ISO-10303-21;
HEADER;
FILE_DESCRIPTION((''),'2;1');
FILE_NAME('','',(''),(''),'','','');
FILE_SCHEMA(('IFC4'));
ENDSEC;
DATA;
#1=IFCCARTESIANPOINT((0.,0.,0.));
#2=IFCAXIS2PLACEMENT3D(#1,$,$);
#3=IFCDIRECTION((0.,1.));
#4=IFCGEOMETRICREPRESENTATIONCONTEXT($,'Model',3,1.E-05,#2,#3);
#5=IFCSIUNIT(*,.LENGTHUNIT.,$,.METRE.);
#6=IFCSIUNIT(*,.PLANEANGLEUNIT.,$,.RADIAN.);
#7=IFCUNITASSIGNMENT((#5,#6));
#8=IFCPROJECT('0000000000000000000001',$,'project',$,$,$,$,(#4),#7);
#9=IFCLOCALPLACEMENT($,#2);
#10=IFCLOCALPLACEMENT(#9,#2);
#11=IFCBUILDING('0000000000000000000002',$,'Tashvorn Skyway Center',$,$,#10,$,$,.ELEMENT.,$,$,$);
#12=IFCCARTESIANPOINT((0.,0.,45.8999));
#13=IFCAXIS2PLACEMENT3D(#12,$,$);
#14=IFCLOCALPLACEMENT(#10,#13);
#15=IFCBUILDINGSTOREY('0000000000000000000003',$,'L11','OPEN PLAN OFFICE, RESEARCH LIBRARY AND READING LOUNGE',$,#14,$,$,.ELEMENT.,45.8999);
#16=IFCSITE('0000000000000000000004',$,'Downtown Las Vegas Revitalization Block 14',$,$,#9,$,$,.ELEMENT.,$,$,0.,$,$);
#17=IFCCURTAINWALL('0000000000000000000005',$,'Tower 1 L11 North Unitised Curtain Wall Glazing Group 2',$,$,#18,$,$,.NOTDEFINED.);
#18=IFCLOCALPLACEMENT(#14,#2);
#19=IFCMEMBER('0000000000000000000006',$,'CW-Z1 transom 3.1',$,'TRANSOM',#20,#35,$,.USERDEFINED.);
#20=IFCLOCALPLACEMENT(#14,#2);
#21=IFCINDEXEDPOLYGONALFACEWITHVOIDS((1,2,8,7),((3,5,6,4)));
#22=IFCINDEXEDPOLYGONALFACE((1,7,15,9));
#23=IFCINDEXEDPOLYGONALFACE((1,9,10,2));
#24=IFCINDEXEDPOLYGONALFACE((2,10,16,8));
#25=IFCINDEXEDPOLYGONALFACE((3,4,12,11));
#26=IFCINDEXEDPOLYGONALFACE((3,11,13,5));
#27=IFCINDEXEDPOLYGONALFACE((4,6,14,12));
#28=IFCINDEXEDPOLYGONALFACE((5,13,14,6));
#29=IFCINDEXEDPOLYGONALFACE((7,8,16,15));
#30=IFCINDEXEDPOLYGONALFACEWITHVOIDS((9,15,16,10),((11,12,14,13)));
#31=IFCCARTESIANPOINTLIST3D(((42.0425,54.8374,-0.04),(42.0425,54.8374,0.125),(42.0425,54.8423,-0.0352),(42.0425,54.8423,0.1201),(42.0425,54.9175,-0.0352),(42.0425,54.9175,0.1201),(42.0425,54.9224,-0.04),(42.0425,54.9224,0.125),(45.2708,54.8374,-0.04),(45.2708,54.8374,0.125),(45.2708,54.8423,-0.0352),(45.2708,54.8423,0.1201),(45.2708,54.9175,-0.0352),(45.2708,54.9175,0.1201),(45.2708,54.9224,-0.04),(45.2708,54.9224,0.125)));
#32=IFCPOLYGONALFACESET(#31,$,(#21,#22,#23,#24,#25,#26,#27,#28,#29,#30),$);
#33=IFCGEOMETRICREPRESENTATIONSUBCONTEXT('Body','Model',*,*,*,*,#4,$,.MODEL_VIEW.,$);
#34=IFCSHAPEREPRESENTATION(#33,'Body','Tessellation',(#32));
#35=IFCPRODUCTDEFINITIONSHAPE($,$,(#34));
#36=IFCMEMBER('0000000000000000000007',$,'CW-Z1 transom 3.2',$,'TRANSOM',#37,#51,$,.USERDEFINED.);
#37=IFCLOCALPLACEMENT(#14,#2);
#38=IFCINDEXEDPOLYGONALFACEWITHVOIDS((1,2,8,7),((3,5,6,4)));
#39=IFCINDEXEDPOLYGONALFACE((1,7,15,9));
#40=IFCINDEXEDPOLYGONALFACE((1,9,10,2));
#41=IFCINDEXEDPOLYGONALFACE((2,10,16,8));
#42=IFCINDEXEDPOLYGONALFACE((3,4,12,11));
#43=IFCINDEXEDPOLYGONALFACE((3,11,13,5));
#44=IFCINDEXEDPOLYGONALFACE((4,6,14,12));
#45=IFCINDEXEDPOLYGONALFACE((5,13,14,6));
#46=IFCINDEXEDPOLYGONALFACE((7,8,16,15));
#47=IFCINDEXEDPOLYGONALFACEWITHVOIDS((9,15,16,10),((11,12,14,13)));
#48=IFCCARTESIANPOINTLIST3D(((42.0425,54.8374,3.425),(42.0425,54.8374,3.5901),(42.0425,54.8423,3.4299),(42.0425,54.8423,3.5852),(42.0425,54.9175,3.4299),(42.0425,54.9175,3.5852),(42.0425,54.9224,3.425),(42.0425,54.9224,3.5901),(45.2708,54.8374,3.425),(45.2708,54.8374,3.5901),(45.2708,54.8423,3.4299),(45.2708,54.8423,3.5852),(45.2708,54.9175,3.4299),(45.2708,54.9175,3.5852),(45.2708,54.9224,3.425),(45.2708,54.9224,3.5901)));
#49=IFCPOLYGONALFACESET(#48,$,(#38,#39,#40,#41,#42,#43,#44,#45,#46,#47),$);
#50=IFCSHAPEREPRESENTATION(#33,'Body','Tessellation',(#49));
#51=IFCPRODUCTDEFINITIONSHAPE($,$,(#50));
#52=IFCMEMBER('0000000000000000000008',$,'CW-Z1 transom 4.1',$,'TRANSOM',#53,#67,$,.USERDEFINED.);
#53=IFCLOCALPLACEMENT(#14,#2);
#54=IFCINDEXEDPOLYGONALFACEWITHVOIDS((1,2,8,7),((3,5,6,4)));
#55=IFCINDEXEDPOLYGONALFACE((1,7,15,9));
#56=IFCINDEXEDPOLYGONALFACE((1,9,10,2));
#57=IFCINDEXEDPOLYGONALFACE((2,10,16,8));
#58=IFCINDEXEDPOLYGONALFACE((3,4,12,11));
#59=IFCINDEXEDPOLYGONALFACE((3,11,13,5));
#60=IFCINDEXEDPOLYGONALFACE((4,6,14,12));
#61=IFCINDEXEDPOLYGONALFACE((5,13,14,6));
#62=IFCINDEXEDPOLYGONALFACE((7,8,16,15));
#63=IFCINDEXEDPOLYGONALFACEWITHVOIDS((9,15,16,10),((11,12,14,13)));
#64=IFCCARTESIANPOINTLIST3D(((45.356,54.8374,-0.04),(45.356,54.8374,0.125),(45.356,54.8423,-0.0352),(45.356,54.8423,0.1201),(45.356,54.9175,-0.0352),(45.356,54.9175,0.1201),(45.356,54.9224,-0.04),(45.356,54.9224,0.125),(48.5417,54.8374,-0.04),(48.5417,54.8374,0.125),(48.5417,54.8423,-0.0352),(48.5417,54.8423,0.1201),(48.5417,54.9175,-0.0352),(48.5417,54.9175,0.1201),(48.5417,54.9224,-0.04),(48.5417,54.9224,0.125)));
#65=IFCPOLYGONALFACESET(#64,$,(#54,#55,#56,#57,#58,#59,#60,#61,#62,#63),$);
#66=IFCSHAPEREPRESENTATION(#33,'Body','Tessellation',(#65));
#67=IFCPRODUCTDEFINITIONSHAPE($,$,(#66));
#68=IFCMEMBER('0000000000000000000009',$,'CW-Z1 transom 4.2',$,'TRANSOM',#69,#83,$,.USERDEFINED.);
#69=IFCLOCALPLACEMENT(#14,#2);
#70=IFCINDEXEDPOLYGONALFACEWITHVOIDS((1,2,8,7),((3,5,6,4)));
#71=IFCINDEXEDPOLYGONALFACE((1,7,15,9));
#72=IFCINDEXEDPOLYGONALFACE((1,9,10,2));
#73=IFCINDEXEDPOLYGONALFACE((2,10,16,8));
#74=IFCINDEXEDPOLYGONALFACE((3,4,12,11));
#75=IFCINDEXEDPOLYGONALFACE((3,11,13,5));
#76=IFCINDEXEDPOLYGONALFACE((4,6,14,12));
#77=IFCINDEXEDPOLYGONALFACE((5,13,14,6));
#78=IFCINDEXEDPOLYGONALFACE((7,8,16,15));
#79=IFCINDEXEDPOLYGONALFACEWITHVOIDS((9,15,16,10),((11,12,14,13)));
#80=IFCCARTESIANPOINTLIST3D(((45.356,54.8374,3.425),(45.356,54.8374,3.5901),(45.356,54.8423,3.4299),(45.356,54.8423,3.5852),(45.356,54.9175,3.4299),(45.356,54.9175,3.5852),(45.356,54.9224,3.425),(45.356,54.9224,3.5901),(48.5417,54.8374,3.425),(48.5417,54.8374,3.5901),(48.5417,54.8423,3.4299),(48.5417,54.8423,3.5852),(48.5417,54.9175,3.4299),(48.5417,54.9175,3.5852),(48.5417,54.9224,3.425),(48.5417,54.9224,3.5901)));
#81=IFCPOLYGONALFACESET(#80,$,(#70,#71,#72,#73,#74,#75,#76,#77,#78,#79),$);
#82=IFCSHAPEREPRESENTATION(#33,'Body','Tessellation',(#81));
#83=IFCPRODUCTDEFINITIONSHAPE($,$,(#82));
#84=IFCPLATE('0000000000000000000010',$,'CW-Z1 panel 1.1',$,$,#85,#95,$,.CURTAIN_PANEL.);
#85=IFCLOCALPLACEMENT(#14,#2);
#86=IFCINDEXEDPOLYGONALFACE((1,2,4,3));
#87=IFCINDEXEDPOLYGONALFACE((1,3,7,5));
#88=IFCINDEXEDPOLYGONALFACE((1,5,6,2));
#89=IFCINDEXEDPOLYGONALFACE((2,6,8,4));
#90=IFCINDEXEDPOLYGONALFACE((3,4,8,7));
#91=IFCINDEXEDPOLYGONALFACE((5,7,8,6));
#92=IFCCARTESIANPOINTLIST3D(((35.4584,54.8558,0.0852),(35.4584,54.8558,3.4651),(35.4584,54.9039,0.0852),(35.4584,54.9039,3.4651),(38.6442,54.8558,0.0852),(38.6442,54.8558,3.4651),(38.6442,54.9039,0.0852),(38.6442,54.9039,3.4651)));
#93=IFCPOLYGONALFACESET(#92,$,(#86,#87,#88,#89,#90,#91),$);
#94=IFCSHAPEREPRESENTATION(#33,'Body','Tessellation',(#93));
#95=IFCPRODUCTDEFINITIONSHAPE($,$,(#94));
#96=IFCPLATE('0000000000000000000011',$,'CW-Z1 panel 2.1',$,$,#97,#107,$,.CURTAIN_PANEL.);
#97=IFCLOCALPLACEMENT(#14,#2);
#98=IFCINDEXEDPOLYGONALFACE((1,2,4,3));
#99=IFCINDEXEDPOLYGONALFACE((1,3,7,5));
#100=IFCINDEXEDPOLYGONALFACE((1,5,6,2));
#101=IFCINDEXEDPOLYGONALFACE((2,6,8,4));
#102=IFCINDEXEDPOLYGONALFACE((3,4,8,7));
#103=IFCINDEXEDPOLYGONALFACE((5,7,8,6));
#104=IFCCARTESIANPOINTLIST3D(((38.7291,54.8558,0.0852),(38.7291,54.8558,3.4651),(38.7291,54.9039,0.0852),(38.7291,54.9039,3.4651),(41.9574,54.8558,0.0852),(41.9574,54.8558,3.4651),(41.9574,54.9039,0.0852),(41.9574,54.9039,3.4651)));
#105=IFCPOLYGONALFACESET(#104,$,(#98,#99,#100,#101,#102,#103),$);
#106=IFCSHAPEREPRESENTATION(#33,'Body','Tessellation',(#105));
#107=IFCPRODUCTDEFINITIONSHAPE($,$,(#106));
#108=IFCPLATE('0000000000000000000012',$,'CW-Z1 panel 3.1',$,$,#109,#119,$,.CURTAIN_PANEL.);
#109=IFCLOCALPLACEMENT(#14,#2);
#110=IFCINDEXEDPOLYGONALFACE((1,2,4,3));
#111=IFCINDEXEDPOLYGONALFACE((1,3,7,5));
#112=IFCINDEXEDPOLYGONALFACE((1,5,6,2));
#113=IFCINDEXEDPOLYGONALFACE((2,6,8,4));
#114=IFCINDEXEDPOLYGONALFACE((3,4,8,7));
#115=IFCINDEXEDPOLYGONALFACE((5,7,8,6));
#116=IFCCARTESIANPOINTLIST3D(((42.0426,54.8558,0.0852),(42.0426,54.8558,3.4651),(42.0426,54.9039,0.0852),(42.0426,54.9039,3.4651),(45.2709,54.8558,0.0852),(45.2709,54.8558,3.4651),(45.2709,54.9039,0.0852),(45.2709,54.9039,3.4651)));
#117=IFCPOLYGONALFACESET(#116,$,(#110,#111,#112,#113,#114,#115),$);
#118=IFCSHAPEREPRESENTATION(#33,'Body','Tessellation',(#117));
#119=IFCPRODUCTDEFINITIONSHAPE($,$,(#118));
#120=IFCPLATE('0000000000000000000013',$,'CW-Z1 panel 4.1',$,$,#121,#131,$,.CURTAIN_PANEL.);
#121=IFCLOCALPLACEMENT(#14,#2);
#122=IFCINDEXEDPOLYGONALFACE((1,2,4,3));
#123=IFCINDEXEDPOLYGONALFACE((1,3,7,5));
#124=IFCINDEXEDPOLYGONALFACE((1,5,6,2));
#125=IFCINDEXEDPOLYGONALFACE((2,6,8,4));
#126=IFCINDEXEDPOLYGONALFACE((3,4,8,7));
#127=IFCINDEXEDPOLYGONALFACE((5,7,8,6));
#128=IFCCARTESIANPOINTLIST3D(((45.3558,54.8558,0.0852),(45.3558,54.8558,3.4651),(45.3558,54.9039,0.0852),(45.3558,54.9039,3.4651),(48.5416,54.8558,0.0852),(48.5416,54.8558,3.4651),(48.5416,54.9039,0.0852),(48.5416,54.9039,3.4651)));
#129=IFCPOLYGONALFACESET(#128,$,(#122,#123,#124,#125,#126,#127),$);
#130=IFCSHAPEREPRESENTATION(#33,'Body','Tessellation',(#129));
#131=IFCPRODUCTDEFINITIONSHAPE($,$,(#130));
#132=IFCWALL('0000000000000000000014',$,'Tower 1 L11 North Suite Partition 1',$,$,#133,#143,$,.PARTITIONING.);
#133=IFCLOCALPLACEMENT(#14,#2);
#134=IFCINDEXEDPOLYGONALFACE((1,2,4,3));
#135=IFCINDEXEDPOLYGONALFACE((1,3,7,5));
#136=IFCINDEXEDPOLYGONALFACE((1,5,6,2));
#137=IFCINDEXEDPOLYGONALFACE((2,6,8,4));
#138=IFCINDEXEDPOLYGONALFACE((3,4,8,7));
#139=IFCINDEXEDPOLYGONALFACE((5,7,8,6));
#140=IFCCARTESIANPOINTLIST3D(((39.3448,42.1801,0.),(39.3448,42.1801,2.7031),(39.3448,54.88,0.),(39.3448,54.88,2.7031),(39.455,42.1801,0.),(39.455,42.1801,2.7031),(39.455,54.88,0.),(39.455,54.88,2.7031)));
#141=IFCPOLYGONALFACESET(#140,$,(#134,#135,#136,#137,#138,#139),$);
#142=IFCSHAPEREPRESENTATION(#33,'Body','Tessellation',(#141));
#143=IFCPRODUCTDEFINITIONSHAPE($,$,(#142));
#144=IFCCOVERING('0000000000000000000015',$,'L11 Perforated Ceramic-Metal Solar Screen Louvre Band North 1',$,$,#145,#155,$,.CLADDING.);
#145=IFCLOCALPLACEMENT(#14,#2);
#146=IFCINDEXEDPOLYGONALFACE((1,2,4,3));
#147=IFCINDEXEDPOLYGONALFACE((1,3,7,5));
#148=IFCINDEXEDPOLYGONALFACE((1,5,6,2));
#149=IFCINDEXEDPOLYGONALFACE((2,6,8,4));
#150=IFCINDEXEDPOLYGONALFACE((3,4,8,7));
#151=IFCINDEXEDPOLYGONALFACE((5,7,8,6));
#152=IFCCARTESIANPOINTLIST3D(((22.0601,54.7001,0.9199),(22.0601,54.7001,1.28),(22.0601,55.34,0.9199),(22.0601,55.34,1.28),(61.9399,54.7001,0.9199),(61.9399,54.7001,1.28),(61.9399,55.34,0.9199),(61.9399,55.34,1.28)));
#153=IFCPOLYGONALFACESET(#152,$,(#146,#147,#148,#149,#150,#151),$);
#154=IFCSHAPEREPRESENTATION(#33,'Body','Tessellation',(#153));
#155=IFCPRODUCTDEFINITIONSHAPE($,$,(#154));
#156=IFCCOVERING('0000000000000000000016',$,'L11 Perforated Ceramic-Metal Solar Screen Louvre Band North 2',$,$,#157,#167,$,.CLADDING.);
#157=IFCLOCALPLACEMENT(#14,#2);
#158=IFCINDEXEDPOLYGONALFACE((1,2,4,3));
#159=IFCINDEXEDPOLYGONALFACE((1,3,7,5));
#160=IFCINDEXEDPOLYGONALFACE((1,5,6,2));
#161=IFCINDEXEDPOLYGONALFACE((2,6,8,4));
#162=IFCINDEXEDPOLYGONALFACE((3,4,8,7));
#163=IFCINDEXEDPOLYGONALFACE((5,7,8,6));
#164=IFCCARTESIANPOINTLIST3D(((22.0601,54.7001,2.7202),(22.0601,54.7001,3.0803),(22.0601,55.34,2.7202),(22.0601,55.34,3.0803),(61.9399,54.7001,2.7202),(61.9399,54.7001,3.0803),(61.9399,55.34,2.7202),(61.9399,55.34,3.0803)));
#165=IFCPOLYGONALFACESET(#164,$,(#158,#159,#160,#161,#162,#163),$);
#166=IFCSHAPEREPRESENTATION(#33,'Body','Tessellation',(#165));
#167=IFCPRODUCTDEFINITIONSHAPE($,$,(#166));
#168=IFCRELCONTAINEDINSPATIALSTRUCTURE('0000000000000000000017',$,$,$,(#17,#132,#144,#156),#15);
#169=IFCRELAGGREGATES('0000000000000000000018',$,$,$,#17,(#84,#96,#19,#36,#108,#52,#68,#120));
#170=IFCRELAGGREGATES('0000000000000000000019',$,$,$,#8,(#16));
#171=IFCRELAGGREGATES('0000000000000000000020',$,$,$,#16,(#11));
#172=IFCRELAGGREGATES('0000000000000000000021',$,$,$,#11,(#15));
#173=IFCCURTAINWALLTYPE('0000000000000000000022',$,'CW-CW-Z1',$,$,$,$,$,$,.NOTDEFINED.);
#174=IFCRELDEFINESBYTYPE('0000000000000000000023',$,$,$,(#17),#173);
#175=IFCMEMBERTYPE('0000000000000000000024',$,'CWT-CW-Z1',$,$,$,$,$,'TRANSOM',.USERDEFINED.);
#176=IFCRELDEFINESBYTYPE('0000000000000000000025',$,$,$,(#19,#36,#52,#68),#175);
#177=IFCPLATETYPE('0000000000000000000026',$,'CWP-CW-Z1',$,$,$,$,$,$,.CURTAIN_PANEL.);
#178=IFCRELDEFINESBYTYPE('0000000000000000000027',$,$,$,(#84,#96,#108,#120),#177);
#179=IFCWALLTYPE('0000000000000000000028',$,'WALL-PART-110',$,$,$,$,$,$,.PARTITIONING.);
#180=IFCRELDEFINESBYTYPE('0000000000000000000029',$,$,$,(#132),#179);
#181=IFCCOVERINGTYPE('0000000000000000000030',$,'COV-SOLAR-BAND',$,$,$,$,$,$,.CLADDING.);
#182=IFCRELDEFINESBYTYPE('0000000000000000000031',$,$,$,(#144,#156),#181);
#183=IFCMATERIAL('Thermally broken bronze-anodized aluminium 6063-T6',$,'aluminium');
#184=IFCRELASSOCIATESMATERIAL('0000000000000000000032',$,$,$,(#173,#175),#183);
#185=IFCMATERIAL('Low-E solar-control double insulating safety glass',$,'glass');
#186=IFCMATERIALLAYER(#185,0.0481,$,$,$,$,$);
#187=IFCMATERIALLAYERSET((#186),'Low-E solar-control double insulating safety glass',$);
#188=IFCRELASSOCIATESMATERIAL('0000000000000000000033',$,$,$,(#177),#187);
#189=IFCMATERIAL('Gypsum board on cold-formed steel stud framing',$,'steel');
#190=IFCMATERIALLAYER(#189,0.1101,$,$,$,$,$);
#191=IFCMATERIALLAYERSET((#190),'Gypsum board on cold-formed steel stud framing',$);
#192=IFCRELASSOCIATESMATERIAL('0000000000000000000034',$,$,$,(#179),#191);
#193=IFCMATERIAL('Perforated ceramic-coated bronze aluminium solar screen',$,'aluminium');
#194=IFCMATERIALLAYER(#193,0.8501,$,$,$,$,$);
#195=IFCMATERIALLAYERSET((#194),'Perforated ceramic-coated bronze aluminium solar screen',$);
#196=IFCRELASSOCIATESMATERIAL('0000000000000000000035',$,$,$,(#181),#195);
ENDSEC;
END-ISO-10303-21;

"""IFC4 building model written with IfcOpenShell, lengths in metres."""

from ifc_helpers import new_model, si_unit, direction, frame, frame_2d, origin, origin_2d, place, context, subcontext, project, spatial, rectangle, hollow_rectangle, extrude, material, layer, layer_set, material_profile, profile_set, type_object, element, aggregate, save


model = new_model("IFC4")

# Units and contexts
model_context = context("Model", 3, precision=1e-05, world=origin(), true_north=direction((0.0, 1.0)))
body_context = subcontext(model_context, "Body", "Model", "MODEL_VIEW")
ifc_project = project(units=[si_unit("LENGTHUNIT", "METRE"), si_unit("PLANEANGLEUNIT", "RADIAN")], contexts=[model_context])

# Site, building, storey
site_placement = place(None, origin())
site = spatial("IfcSite", under=ifc_project, at=site_placement, Name="Downtown Las Vegas Revitalization Block 14", CompositionType="ELEMENT", RefElevation=0.0)
building_placement = place(site_placement, origin())
building = spatial("IfcBuilding", under=site, at=building_placement, Name="Tashvorn Skyway Center", CompositionType="ELEMENT")
storey_placement = place(building_placement, frame((0.0, 0.0, 45.8999)))
storey = spatial("IfcBuildingStorey", under=building, at=storey_placement, Name="L11", Description="OPEN PLAN OFFICE, RESEARCH LIBRARY AND READING LOUNGE", CompositionType="ELEMENT", Elevation=45.8999)

# Curtain wall, members, plates
ifc_material_1 = material(Name="Thermally broken bronze-anodized aluminium 6063-T6", Category="aluminium")
curtain_wall_type = type_object("IfcCurtainWallType", Name="CW-CW-Z1", PredefinedType="NOTDEFINED", material=ifc_material_1)
curtain_wall_placement = place(storey_placement, origin())
curtain_wall = element("IfcCurtainWall", 1, at=curtain_wall_placement, inside=storey, type_object=curtain_wall_type, Name="Tower 1 L11 North Unitised Curtain Wall Glazing Group 2", PredefinedType="NOTDEFINED")
ifc_material_profile_1 = material_profile(ifc_material_1, hollow_rectangle(XDim=0.085, YDim=0.165, WallThickness=0.0049, at=origin_2d()), Name="ALU-TRAN-85x165")
ifc_profile_set_1 = profile_set([ifc_material_profile_1], Name="Thermally broken bronze-anodized aluminium 6063-T6")
member_type_1 = type_object("IfcMemberType", Name="CWT-CW-Z1", ElementType="TRANSOM", PredefinedType="USERDEFINED", material=ifc_profile_set_1)
member_1_placement = place(storey_placement, frame((42.0425, 54.8799, 0.0425), z_axis=(1.0, 0.0, 0.0), x_axis=(0.0, 1.0, 0.0)))
member_1 = element("IfcMember", 2, at=member_1_placement, type_object=member_type_1, Name="CW-Z1 transom 3.1", ObjectType="TRANSOM", PredefinedType="USERDEFINED", context=body_context, shape_type="SweptSolid", body=[
    extrude(hollow_rectangle(XDim=0.085, YDim=0.165, WallThickness=0.0049, at=origin_2d()), origin(), (0.0, 0.0, 1.0), 3.2283),
])
member_2_placement = place(storey_placement, frame((42.0425, 54.8799, 3.5076), z_axis=(1.0, 0.0, 0.0), x_axis=(0.0, 1.0, 0.0)))
member_2 = element("IfcMember", 3, at=member_2_placement, type_object=member_type_1, Name="CW-Z1 transom 3.2", ObjectType="TRANSOM", PredefinedType="USERDEFINED", context=body_context, shape_type="SweptSolid", body=[
    extrude(hollow_rectangle(XDim=0.085, YDim=0.165, WallThickness=0.0049, at=origin_2d()), origin(), (0.0, 0.0, 1.0), 3.2283),
])
member_3_placement = place(storey_placement, frame((45.356, 54.8799, 0.0425), z_axis=(1.0, 0.0, 0.0), x_axis=(0.0, 1.0, 0.0)))
member_3 = element("IfcMember", 4, at=member_3_placement, type_object=member_type_1, Name="CW-Z1 transom 4.1", ObjectType="TRANSOM", PredefinedType="USERDEFINED", context=body_context, shape_type="SweptSolid", body=[
    extrude(hollow_rectangle(XDim=0.085, YDim=0.165, WallThickness=0.0049, at=origin_2d()), origin(), (0.0, 0.0, 1.0), 3.1858),
])
member_4_placement = place(storey_placement, frame((45.356, 54.8799, 3.5076), z_axis=(1.0, 0.0, 0.0), x_axis=(0.0, 1.0, 0.0)))
member_4 = element("IfcMember", 5, at=member_4_placement, type_object=member_type_1, Name="CW-Z1 transom 4.2", ObjectType="TRANSOM", PredefinedType="USERDEFINED", context=body_context, shape_type="SweptSolid", body=[
    extrude(hollow_rectangle(XDim=0.085, YDim=0.165, WallThickness=0.0049, at=origin_2d()), origin(), (0.0, 0.0, 1.0), 3.1858),
])
ifc_material_2 = material(Name="Low-E solar-control double insulating safety glass", Category="glass")
ifc_layer_1 = layer(ifc_material_2, 0.0481)
ifc_layer_set_1 = layer_set([ifc_layer_1], Name="Low-E solar-control double insulating safety glass")
plate_type = type_object("IfcPlateType", Name="CWP-CW-Z1", PredefinedType="CURTAIN_PANEL", material=ifc_layer_set_1)
plate_1_placement = place(storey_placement, frame((37.0513, 54.8799, 0.0852), z_axis=(0.0, 0.0, 1.0), x_axis=(1.0, 0.0, 0.0)))
plate_1 = element("IfcPlate", 6, at=plate_1_placement, type_object=plate_type, Name="CW-Z1 panel 1.1", PredefinedType="CURTAIN_PANEL", context=body_context, shape_type="SweptSolid", body=[
    extrude(rectangle(XDim=3.1858, YDim=0.0481, at=origin_2d()), origin(), (0.0, 0.0, 1.0), 3.3799),
])
plate_2_placement = place(storey_placement, frame((40.3433, 54.8799, 0.0852), z_axis=(0.0, 0.0, 1.0), x_axis=(1.0, 0.0, 0.0)))
plate_2 = element("IfcPlate", 7, at=plate_2_placement, type_object=plate_type, Name="CW-Z1 panel 2.1", PredefinedType="CURTAIN_PANEL", context=body_context, shape_type="SweptSolid", body=[
    extrude(rectangle(XDim=3.2283, YDim=0.0481, at=origin_2d()), origin(), (0.0, 0.0, 1.0), 3.3799),
])
plate_3_placement = place(storey_placement, frame((43.6567, 54.8799, 0.0852), z_axis=(0.0, 0.0, 1.0), x_axis=(1.0, 0.0, 0.0)))
plate_3 = element("IfcPlate", 8, at=plate_3_placement, type_object=plate_type, Name="CW-Z1 panel 3.1", PredefinedType="CURTAIN_PANEL", context=body_context, shape_type="SweptSolid", body=[
    extrude(rectangle(XDim=3.2283, YDim=0.0481, at=origin_2d()), origin(), (0.0, 0.0, 1.0), 3.3799),
])
plate_4_placement = place(storey_placement, frame((46.9487, 54.8799, 0.0852), z_axis=(0.0, 0.0, 1.0), x_axis=(1.0, 0.0, 0.0)))
plate_4 = element("IfcPlate", 9, at=plate_4_placement, type_object=plate_type, Name="CW-Z1 panel 4.1", PredefinedType="CURTAIN_PANEL", context=body_context, shape_type="SweptSolid", body=[
    extrude(rectangle(XDim=3.1858, YDim=0.0481, at=origin_2d()), origin(), (0.0, 0.0, 1.0), 3.3799),
])
aggregate(curtain_wall, [plate_1, plate_2, member_1, member_2, plate_3, member_3, member_4, plate_4])

# Wall
ifc_material_3 = material(Name="Gypsum board on cold-formed steel stud framing", Category="steel")
ifc_layer_2 = layer(ifc_material_3, 0.1101)
ifc_layer_set_2 = layer_set([ifc_layer_2], Name="Gypsum board on cold-formed steel stud framing")
wall_type = type_object("IfcWallType", Name="WALL-PART-110", PredefinedType="PARTITIONING", material=ifc_layer_set_2)
wall_placement = place(storey_placement, frame((39.3999, 42.1799, 0.0), z_axis=(0.0, 0.0, 1.0), x_axis=(0.0, 1.0, 0.0)))
element("IfcWall", 10, at=wall_placement, inside=storey, type_object=wall_type, Name="Tower 1 L11 North Suite Partition 1", PredefinedType="PARTITIONING", context=body_context, shape_type="SweptSolid", body=[
    extrude(rectangle(XDim=12.7, YDim=0.1101, at=frame_2d((6.3501, 0.0))), origin(), (0.0, 0.0, 1.0), 2.7031),
])

# Coverings
ifc_material_4 = material(Name="Perforated ceramic-coated bronze aluminium solar screen", Category="aluminium")
ifc_layer_3 = layer(ifc_material_4, 0.8501)
ifc_layer_set_3 = layer_set([ifc_layer_3], Name="Perforated ceramic-coated bronze aluminium solar screen")
covering_type = type_object("IfcCoveringType", Name="COV-SOLAR-BAND", PredefinedType="CLADDING", material=ifc_layer_set_3)
for number, where, z_axis, x_axis, name in (
    (11, (42.0, 55.02, 0.9199), (0.0, 0.0, 1.0), (1.0, 0.0, 0.0), "L11 Perforated Ceramic-Metal Solar Screen Louvre Band North 1"),
    (12, (42.0, 55.02, 2.7202), (0.0, 0.0, 1.0), (1.0, 0.0, 0.0), "L11 Perforated Ceramic-Metal Solar Screen Louvre Band North 2"),
):
    element("IfcCovering", number, at=place(storey_placement, frame(where, z_axis=z_axis, x_axis=x_axis)), inside=storey, type_object=covering_type, Name=name, PredefinedType="CLADDING", context=body_context, shape_type="SweptSolid", body=[
        extrude(rectangle(XDim=39.8799, YDim=0.6399, at=origin_2d()), origin(), (0.0, 0.0, 1.0), 0.3601),
    ])

save(model, "model.ifc")
